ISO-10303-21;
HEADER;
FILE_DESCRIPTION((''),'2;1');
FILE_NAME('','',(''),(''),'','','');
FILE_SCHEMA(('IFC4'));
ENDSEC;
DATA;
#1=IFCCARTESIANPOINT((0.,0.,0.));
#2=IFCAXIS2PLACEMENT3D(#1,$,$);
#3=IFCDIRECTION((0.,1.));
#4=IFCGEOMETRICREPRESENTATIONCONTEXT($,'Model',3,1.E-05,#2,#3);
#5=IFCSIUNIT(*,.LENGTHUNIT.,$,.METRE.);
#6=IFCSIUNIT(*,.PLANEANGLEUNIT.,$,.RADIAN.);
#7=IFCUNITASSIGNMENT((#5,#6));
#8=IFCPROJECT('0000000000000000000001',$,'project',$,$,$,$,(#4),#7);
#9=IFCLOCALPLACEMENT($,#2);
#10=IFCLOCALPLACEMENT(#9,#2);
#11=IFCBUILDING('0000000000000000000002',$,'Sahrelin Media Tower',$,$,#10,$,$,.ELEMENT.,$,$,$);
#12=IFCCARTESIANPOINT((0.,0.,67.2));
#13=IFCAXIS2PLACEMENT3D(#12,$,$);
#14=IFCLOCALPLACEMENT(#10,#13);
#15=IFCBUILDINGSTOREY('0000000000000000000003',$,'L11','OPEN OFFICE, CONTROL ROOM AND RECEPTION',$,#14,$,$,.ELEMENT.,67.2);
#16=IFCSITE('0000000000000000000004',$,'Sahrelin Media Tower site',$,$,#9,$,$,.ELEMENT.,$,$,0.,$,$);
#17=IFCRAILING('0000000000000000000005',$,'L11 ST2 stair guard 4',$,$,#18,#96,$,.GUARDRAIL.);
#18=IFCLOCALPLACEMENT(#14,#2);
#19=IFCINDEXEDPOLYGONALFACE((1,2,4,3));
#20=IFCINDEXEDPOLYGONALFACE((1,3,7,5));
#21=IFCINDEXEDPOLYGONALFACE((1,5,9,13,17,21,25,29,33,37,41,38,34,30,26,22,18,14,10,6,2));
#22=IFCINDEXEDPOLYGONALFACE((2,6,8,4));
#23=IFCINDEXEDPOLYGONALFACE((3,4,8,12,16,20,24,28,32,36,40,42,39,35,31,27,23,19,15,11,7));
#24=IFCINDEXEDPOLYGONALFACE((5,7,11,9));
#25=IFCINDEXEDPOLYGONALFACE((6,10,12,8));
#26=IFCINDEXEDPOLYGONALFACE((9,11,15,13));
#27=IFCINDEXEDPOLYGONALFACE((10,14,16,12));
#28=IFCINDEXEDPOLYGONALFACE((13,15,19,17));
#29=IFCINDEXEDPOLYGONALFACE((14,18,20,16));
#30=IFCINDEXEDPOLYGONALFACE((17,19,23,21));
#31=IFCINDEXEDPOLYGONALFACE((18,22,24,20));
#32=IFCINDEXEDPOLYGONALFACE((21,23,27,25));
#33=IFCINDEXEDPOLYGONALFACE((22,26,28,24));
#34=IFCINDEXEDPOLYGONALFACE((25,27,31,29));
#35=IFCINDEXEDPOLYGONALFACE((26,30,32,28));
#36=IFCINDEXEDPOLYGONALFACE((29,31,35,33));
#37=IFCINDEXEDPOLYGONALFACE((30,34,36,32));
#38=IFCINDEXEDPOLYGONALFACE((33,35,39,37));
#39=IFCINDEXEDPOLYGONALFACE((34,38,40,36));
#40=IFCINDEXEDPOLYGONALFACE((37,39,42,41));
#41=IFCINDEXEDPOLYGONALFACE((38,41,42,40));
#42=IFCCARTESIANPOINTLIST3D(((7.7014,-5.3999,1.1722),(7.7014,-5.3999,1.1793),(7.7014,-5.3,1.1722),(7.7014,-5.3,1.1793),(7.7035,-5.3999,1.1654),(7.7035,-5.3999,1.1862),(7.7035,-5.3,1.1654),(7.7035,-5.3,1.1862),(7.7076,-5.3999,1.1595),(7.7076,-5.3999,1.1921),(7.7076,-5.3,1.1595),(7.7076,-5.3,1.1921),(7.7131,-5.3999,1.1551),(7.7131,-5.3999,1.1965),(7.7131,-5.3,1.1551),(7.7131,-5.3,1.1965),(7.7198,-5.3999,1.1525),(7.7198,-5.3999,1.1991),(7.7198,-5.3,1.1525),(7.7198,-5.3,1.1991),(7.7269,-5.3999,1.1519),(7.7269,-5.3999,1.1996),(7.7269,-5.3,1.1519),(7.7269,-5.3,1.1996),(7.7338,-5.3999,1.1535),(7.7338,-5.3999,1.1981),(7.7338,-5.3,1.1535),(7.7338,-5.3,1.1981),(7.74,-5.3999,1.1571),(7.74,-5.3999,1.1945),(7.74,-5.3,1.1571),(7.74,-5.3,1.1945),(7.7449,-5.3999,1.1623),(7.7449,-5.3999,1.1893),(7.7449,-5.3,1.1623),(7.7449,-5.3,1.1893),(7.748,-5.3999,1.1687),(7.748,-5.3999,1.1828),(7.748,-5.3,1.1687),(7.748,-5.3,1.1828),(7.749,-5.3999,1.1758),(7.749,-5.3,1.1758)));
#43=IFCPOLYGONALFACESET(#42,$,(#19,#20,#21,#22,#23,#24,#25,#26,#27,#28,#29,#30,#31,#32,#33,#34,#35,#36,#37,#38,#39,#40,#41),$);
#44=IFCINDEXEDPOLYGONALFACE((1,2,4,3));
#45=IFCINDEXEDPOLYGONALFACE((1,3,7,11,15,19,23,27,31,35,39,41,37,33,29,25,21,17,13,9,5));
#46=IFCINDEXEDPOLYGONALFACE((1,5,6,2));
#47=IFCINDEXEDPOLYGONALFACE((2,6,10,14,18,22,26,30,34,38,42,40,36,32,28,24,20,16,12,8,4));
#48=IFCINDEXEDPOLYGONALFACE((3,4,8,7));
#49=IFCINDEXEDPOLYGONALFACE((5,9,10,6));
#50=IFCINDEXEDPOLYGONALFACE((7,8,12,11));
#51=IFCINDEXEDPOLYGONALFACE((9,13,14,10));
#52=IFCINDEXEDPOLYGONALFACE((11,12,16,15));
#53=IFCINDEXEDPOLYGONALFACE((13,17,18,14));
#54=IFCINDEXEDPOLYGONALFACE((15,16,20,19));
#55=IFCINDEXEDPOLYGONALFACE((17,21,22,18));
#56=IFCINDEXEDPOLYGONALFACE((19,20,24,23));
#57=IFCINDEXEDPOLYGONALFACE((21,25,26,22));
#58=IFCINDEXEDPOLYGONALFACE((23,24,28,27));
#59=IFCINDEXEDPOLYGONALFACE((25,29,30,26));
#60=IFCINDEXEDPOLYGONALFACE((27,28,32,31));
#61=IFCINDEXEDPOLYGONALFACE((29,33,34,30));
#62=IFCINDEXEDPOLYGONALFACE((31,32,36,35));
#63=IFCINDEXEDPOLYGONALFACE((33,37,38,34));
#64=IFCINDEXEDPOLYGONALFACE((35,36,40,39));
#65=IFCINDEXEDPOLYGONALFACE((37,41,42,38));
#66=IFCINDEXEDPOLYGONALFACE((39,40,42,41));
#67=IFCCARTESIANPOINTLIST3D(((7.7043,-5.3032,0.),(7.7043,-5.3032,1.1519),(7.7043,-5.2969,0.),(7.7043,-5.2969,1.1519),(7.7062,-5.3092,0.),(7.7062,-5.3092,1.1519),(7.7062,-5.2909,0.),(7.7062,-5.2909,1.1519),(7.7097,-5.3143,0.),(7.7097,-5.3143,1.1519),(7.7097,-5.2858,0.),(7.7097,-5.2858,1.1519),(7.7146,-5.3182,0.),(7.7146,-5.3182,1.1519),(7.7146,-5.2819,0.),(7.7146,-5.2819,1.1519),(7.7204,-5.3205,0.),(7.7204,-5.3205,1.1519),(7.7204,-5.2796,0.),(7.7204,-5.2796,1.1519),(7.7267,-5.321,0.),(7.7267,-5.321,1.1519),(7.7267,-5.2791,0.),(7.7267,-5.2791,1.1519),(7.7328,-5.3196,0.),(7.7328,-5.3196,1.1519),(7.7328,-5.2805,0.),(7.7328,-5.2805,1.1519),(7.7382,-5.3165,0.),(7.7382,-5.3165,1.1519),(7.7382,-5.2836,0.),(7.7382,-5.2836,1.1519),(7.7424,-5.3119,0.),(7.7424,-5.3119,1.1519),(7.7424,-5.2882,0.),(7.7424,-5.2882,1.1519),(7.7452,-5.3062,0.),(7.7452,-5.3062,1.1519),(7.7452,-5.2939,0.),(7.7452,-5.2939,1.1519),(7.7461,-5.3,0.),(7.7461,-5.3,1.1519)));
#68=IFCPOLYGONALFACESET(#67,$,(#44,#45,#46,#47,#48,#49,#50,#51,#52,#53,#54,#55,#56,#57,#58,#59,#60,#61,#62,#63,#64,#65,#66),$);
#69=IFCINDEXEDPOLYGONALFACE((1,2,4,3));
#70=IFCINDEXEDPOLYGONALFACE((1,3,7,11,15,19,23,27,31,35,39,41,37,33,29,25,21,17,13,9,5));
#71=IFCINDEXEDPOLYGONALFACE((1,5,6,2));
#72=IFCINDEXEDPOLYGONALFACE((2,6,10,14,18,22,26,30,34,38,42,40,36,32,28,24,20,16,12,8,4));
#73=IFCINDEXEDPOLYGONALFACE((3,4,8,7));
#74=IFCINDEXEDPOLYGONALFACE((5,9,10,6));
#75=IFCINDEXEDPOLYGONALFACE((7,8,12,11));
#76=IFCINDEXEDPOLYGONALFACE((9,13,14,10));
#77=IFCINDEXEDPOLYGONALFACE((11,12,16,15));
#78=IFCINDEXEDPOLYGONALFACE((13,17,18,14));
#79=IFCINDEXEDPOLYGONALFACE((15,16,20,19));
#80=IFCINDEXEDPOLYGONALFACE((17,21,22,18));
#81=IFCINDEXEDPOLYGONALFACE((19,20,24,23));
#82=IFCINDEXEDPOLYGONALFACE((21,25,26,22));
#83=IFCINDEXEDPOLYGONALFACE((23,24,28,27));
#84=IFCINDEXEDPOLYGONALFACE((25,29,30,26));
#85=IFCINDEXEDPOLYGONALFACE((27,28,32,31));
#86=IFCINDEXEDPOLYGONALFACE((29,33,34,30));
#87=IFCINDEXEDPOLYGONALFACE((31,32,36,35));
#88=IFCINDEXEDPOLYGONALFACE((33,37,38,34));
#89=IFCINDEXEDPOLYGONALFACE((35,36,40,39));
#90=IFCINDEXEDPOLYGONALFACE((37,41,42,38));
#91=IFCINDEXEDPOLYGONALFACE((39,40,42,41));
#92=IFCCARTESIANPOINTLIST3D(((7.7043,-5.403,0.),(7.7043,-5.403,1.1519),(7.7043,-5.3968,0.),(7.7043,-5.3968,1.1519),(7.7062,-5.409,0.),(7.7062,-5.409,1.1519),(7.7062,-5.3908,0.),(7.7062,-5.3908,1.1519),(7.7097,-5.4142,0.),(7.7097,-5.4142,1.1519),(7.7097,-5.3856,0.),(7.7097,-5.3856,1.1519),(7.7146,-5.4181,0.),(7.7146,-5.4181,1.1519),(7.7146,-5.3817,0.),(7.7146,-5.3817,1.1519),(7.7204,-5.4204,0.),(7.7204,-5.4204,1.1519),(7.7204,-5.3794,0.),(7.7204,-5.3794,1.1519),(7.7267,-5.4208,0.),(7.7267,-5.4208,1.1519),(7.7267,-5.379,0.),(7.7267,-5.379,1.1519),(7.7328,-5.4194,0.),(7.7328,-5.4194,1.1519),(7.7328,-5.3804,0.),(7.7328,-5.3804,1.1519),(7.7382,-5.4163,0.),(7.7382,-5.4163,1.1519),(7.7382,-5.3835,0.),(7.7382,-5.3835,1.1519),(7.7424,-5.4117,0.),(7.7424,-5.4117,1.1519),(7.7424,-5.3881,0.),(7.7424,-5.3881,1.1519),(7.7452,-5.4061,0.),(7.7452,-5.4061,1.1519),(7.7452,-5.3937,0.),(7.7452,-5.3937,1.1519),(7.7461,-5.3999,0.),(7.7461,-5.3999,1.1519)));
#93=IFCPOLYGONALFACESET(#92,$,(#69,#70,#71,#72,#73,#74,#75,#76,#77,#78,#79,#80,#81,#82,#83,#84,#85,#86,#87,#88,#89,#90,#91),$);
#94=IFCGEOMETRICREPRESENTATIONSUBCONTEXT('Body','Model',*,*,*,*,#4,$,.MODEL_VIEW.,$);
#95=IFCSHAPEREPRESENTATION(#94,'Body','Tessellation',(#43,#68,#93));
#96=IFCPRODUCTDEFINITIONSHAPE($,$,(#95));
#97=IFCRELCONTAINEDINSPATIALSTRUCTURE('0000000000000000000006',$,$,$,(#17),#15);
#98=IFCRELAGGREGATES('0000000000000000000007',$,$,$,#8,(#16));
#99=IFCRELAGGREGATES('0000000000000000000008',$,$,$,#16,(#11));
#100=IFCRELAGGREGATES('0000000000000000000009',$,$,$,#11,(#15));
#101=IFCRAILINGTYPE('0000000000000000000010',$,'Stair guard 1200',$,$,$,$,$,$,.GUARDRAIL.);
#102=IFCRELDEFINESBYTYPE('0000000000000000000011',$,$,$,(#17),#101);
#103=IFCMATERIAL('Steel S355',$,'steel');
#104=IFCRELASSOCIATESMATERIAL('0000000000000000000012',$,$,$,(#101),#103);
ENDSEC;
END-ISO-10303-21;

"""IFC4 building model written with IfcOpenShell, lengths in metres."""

from ifc_helpers import new_model, si_unit, direction, frame, origin, origin_2d, place, context, subcontext, project, spatial, circle, extrude, material, type_object, element, save


model = new_model("IFC4")

# Units and contexts
model_context = context("Model", 3, precision=1e-05, world=origin(), true_north=direction((0.0, 1.0)))
body_context = subcontext(model_context, "Body", "Model", "MODEL_VIEW")
ifc_project = project(units=[si_unit("LENGTHUNIT", "METRE"), si_unit("PLANEANGLEUNIT", "RADIAN")], contexts=[model_context])

# Site, building, storey
site_placement = place(None, origin())
site = spatial("IfcSite", under=ifc_project, at=site_placement, Name="Sahrelin Media Tower site", CompositionType="ELEMENT", RefElevation=0.0)
building_placement = place(site_placement, origin())
building = spatial("IfcBuilding", under=site, at=building_placement, Name="Sahrelin Media Tower", CompositionType="ELEMENT")
storey_placement = place(building_placement, frame((0.0, 0.0, 67.2)))
storey = spatial("IfcBuildingStorey", under=building, at=storey_placement, Name="L11", Description="OPEN OFFICE, CONTROL ROOM AND RECEPTION", CompositionType="ELEMENT", Elevation=67.2)

# Shared definitions
ifc_material_1 = material(Name="Steel S355", Category="steel")

# Railing
railing_type_1 = type_object("IfcRailingType", Name="Stair guard 1200", PredefinedType="GUARDRAIL", material=ifc_material_1)
railing_1_placement = place(storey_placement, frame((7.7251, -5.3, 0.0)))
element("IfcRailing", 1, at=railing_1_placement, inside=storey, type_object=railing_type_1, Name="L11 ST2 stair guard 4", PredefinedType="GUARDRAIL", context=body_context, shape_type="SweptSolid", body=[
    extrude(circle(Radius=0.0239, at=origin_2d()), frame((0.0, 0.0, 1.1758), z_axis=(0.0, -1.0, 0.0), x_axis=(1.0, 0.0, 0.0)), (0.0, 0.0, 1.0), 0.0999),
    extrude(circle(Radius=0.021, at=origin_2d()), origin(), (0.0, 0.0, 1.0), 1.1519),
    extrude(circle(Radius=0.021, at=origin_2d()), frame((0.0, -0.0999, 0.0)), (0.0, 0.0, 1.0), 1.1519),
])

save(model, "model.ifc")
